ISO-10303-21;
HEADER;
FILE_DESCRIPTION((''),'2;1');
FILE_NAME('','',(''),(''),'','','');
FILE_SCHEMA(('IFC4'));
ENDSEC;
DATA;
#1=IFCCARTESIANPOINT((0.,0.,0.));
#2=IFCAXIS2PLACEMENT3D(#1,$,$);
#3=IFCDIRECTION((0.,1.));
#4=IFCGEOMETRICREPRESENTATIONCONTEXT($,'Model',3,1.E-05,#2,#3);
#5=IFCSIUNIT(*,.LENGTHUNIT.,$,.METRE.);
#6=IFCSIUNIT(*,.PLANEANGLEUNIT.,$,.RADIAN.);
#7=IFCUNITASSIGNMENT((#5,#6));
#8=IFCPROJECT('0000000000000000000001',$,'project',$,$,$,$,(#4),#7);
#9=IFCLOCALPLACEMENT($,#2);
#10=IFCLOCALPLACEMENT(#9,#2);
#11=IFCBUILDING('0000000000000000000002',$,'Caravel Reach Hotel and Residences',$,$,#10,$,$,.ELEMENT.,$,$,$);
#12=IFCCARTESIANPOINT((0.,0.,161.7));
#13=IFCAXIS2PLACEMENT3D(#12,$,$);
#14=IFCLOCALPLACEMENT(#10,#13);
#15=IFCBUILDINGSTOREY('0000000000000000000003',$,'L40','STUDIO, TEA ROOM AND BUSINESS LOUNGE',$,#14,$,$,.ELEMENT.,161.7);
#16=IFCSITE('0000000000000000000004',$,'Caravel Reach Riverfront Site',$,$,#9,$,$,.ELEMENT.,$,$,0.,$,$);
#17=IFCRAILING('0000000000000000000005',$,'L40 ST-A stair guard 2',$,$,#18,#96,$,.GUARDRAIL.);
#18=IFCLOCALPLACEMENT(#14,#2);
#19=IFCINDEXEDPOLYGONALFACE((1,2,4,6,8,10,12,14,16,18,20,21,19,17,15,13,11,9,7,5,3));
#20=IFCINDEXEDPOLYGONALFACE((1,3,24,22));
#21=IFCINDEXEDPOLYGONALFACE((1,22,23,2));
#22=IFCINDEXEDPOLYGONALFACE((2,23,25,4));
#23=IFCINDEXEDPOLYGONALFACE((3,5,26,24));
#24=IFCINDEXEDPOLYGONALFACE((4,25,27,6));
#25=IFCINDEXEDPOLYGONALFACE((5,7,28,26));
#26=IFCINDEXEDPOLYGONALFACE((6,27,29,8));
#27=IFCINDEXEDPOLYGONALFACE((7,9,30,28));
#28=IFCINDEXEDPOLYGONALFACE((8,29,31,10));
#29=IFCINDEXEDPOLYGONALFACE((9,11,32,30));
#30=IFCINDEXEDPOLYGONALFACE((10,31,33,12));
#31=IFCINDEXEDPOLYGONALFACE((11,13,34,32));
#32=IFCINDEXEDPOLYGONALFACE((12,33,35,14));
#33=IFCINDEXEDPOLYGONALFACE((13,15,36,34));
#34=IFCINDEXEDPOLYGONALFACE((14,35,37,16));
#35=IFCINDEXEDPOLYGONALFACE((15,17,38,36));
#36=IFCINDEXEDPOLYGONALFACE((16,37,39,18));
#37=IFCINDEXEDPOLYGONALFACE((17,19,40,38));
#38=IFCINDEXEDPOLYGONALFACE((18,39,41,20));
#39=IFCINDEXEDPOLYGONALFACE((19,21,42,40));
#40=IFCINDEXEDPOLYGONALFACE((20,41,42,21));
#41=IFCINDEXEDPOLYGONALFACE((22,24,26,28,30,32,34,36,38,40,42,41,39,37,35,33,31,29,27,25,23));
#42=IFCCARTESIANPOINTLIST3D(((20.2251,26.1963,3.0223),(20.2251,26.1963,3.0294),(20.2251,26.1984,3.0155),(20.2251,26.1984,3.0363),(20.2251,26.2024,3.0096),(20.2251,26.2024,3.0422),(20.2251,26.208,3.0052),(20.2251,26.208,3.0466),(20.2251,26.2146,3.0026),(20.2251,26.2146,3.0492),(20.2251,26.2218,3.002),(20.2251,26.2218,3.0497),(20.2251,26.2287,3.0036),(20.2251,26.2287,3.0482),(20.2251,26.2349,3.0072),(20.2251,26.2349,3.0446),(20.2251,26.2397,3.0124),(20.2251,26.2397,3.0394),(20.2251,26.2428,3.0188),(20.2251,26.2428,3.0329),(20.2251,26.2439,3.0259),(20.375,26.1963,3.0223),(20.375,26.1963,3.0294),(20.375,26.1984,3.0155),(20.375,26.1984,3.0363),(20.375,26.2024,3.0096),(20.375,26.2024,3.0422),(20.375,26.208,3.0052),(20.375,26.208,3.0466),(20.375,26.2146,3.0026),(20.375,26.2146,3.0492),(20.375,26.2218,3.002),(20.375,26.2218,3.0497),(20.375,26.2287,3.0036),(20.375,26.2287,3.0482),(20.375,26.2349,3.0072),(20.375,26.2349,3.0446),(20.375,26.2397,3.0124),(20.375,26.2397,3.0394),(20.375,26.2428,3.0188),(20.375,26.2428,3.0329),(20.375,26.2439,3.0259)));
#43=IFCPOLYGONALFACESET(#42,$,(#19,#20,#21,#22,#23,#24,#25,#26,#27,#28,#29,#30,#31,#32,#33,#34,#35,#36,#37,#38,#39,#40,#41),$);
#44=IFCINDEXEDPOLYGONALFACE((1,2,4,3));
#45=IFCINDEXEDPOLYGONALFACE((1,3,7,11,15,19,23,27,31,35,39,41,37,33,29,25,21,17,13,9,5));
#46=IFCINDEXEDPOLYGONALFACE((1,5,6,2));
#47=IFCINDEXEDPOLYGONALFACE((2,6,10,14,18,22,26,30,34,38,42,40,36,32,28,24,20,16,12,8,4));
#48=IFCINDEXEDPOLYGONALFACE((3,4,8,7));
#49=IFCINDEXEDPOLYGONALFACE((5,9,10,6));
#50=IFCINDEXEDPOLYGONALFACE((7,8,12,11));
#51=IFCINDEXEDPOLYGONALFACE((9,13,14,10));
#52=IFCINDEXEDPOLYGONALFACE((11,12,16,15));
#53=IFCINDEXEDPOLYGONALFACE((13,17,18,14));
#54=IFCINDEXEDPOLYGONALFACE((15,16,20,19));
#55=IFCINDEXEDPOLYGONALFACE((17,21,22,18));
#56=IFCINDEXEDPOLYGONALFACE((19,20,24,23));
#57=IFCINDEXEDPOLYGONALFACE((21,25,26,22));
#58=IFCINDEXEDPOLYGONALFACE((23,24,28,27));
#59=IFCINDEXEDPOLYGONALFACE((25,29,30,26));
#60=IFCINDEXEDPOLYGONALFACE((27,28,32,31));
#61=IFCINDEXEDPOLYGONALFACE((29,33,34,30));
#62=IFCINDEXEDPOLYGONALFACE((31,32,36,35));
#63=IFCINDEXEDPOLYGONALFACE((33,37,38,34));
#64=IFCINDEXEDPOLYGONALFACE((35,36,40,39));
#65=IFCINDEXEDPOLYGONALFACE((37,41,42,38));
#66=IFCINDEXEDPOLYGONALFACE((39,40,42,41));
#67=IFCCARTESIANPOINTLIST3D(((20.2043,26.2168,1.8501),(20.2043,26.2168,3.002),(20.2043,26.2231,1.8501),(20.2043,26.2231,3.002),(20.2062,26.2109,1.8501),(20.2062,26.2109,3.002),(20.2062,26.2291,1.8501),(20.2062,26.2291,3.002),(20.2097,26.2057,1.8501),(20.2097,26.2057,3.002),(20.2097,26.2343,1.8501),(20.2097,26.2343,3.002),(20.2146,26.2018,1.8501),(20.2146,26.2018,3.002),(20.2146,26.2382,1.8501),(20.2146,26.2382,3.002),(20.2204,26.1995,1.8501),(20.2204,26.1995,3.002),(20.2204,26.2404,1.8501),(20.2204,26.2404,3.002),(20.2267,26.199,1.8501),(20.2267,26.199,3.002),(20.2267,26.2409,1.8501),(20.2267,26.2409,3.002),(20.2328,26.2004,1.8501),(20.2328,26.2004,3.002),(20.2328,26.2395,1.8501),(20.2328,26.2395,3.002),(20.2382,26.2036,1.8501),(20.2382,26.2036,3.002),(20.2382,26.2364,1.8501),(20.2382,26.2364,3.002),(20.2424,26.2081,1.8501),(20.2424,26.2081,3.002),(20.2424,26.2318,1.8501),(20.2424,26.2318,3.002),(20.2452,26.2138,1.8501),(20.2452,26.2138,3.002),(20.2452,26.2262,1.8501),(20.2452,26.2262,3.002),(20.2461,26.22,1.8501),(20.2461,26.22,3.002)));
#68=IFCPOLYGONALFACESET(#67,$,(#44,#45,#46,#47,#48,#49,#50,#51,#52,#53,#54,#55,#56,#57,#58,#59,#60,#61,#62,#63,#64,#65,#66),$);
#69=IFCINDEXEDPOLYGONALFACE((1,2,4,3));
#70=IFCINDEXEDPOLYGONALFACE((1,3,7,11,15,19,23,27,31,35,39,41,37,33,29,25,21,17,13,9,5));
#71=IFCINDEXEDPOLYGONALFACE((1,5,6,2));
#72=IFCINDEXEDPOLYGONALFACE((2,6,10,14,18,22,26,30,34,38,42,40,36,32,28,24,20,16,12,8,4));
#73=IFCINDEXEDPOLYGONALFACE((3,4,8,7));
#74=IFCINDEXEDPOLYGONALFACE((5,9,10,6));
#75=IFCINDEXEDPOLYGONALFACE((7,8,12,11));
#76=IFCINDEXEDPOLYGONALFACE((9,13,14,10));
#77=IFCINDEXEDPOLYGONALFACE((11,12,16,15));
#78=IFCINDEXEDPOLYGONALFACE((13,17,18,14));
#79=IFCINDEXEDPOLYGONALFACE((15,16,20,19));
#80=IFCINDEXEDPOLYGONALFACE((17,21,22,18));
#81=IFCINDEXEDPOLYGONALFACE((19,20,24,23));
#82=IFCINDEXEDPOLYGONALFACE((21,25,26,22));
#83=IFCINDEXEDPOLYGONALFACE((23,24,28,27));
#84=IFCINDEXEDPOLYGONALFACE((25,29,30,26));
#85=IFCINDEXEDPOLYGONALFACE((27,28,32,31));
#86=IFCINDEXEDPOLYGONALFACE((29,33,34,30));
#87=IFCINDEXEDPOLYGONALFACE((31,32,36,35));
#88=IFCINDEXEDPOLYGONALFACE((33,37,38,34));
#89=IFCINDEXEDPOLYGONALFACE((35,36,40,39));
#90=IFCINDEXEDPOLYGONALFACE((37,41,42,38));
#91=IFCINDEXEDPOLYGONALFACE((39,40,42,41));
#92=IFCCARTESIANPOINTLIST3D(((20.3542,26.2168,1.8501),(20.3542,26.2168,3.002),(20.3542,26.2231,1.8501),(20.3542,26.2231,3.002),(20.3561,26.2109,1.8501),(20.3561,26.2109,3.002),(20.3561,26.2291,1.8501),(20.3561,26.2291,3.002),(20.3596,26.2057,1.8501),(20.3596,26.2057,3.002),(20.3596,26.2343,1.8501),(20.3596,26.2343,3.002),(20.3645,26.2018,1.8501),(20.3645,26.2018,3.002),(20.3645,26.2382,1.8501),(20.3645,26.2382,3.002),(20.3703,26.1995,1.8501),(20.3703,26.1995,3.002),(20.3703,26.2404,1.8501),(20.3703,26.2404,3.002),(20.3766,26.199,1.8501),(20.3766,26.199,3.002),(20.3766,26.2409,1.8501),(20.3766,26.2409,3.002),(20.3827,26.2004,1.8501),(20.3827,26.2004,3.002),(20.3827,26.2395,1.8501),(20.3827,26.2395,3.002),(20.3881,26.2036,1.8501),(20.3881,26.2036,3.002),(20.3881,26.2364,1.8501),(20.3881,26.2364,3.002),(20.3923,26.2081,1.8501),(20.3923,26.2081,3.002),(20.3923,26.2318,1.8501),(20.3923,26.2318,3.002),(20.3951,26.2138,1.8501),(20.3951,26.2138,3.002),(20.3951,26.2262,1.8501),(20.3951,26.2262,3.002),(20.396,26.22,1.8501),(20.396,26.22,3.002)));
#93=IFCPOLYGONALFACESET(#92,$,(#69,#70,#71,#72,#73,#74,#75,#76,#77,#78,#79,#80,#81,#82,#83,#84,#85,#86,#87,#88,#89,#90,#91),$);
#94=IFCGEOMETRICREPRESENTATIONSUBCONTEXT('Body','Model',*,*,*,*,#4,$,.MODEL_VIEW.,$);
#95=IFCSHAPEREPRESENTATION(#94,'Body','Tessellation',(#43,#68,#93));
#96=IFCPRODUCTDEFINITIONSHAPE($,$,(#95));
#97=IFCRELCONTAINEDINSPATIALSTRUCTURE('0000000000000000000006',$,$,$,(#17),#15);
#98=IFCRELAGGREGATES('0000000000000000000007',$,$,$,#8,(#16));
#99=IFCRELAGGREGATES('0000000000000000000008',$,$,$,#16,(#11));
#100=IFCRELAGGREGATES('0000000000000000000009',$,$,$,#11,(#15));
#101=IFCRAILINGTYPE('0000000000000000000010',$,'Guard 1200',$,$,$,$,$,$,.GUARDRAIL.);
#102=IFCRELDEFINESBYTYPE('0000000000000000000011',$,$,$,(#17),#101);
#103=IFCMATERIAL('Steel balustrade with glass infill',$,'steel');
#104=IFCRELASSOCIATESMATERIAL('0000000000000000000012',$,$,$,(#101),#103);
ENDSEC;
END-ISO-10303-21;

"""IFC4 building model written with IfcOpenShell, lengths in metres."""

from ifc_helpers import new_model, si_unit, direction, frame, origin, origin_2d, place, context, subcontext, project, spatial, circle, extrude, material, type_object, element, save


model = new_model("IFC4")

# Units and contexts
model_context = context("Model", 3, precision=1e-05, world=origin(), true_north=direction((0.0, 1.0)))
body_context = subcontext(model_context, "Body", "Model", "MODEL_VIEW")
ifc_project = project(units=[si_unit("LENGTHUNIT", "METRE"), si_unit("PLANEANGLEUNIT", "RADIAN")], contexts=[model_context])

# Site, building, storey
site_placement = place(None, origin())
site = spatial("IfcSite", under=ifc_project, at=site_placement, Name="Caravel Reach Riverfront Site", CompositionType="ELEMENT", RefElevation=0.0)
building_placement = place(site_placement, origin())
building = spatial("IfcBuilding", under=site, at=building_placement, Name="Caravel Reach Hotel and Residences", CompositionType="ELEMENT")
storey_placement = place(building_placement, frame((0.0, 0.0, 161.7)))
storey = spatial("IfcBuildingStorey", under=building, at=storey_placement, Name="L40", Description="STUDIO, TEA ROOM AND BUSINESS LOUNGE", CompositionType="ELEMENT", Elevation=161.7)

# Railing
ifc_material_1 = material(Name="Steel balustrade with glass infill", Category="steel")
railing_type_1 = type_object("IfcRailingType", Name="Guard 1200", PredefinedType="GUARDRAIL", material=ifc_material_1)
railing_1_placement = place(storey_placement, frame((20.2251, 26.22, 1.8501)))
element("IfcRailing", 1, at=railing_1_placement, inside=storey, type_object=railing_type_1, Name="L40 ST-A stair guard 2", PredefinedType="GUARDRAIL", context=body_context, shape_type="SweptSolid", body=[
    extrude(circle(Radius=0.0239, at=origin_2d()), frame((0.0, 0.0, 1.1758), z_axis=(1.0, 0.0, 0.0), x_axis=(0.0, 1.0, 0.0)), (0.0, 0.0, 1.0), 0.1499),
    extrude(circle(Radius=0.021, at=origin_2d()), origin(), (0.0, 0.0, 1.0), 1.1519),
    extrude(circle(Radius=0.021, at=origin_2d()), frame((0.1499, 0.0, 0.0)), (0.0, 0.0, 1.0), 1.1519),
])

save(model, "model.ifc")
